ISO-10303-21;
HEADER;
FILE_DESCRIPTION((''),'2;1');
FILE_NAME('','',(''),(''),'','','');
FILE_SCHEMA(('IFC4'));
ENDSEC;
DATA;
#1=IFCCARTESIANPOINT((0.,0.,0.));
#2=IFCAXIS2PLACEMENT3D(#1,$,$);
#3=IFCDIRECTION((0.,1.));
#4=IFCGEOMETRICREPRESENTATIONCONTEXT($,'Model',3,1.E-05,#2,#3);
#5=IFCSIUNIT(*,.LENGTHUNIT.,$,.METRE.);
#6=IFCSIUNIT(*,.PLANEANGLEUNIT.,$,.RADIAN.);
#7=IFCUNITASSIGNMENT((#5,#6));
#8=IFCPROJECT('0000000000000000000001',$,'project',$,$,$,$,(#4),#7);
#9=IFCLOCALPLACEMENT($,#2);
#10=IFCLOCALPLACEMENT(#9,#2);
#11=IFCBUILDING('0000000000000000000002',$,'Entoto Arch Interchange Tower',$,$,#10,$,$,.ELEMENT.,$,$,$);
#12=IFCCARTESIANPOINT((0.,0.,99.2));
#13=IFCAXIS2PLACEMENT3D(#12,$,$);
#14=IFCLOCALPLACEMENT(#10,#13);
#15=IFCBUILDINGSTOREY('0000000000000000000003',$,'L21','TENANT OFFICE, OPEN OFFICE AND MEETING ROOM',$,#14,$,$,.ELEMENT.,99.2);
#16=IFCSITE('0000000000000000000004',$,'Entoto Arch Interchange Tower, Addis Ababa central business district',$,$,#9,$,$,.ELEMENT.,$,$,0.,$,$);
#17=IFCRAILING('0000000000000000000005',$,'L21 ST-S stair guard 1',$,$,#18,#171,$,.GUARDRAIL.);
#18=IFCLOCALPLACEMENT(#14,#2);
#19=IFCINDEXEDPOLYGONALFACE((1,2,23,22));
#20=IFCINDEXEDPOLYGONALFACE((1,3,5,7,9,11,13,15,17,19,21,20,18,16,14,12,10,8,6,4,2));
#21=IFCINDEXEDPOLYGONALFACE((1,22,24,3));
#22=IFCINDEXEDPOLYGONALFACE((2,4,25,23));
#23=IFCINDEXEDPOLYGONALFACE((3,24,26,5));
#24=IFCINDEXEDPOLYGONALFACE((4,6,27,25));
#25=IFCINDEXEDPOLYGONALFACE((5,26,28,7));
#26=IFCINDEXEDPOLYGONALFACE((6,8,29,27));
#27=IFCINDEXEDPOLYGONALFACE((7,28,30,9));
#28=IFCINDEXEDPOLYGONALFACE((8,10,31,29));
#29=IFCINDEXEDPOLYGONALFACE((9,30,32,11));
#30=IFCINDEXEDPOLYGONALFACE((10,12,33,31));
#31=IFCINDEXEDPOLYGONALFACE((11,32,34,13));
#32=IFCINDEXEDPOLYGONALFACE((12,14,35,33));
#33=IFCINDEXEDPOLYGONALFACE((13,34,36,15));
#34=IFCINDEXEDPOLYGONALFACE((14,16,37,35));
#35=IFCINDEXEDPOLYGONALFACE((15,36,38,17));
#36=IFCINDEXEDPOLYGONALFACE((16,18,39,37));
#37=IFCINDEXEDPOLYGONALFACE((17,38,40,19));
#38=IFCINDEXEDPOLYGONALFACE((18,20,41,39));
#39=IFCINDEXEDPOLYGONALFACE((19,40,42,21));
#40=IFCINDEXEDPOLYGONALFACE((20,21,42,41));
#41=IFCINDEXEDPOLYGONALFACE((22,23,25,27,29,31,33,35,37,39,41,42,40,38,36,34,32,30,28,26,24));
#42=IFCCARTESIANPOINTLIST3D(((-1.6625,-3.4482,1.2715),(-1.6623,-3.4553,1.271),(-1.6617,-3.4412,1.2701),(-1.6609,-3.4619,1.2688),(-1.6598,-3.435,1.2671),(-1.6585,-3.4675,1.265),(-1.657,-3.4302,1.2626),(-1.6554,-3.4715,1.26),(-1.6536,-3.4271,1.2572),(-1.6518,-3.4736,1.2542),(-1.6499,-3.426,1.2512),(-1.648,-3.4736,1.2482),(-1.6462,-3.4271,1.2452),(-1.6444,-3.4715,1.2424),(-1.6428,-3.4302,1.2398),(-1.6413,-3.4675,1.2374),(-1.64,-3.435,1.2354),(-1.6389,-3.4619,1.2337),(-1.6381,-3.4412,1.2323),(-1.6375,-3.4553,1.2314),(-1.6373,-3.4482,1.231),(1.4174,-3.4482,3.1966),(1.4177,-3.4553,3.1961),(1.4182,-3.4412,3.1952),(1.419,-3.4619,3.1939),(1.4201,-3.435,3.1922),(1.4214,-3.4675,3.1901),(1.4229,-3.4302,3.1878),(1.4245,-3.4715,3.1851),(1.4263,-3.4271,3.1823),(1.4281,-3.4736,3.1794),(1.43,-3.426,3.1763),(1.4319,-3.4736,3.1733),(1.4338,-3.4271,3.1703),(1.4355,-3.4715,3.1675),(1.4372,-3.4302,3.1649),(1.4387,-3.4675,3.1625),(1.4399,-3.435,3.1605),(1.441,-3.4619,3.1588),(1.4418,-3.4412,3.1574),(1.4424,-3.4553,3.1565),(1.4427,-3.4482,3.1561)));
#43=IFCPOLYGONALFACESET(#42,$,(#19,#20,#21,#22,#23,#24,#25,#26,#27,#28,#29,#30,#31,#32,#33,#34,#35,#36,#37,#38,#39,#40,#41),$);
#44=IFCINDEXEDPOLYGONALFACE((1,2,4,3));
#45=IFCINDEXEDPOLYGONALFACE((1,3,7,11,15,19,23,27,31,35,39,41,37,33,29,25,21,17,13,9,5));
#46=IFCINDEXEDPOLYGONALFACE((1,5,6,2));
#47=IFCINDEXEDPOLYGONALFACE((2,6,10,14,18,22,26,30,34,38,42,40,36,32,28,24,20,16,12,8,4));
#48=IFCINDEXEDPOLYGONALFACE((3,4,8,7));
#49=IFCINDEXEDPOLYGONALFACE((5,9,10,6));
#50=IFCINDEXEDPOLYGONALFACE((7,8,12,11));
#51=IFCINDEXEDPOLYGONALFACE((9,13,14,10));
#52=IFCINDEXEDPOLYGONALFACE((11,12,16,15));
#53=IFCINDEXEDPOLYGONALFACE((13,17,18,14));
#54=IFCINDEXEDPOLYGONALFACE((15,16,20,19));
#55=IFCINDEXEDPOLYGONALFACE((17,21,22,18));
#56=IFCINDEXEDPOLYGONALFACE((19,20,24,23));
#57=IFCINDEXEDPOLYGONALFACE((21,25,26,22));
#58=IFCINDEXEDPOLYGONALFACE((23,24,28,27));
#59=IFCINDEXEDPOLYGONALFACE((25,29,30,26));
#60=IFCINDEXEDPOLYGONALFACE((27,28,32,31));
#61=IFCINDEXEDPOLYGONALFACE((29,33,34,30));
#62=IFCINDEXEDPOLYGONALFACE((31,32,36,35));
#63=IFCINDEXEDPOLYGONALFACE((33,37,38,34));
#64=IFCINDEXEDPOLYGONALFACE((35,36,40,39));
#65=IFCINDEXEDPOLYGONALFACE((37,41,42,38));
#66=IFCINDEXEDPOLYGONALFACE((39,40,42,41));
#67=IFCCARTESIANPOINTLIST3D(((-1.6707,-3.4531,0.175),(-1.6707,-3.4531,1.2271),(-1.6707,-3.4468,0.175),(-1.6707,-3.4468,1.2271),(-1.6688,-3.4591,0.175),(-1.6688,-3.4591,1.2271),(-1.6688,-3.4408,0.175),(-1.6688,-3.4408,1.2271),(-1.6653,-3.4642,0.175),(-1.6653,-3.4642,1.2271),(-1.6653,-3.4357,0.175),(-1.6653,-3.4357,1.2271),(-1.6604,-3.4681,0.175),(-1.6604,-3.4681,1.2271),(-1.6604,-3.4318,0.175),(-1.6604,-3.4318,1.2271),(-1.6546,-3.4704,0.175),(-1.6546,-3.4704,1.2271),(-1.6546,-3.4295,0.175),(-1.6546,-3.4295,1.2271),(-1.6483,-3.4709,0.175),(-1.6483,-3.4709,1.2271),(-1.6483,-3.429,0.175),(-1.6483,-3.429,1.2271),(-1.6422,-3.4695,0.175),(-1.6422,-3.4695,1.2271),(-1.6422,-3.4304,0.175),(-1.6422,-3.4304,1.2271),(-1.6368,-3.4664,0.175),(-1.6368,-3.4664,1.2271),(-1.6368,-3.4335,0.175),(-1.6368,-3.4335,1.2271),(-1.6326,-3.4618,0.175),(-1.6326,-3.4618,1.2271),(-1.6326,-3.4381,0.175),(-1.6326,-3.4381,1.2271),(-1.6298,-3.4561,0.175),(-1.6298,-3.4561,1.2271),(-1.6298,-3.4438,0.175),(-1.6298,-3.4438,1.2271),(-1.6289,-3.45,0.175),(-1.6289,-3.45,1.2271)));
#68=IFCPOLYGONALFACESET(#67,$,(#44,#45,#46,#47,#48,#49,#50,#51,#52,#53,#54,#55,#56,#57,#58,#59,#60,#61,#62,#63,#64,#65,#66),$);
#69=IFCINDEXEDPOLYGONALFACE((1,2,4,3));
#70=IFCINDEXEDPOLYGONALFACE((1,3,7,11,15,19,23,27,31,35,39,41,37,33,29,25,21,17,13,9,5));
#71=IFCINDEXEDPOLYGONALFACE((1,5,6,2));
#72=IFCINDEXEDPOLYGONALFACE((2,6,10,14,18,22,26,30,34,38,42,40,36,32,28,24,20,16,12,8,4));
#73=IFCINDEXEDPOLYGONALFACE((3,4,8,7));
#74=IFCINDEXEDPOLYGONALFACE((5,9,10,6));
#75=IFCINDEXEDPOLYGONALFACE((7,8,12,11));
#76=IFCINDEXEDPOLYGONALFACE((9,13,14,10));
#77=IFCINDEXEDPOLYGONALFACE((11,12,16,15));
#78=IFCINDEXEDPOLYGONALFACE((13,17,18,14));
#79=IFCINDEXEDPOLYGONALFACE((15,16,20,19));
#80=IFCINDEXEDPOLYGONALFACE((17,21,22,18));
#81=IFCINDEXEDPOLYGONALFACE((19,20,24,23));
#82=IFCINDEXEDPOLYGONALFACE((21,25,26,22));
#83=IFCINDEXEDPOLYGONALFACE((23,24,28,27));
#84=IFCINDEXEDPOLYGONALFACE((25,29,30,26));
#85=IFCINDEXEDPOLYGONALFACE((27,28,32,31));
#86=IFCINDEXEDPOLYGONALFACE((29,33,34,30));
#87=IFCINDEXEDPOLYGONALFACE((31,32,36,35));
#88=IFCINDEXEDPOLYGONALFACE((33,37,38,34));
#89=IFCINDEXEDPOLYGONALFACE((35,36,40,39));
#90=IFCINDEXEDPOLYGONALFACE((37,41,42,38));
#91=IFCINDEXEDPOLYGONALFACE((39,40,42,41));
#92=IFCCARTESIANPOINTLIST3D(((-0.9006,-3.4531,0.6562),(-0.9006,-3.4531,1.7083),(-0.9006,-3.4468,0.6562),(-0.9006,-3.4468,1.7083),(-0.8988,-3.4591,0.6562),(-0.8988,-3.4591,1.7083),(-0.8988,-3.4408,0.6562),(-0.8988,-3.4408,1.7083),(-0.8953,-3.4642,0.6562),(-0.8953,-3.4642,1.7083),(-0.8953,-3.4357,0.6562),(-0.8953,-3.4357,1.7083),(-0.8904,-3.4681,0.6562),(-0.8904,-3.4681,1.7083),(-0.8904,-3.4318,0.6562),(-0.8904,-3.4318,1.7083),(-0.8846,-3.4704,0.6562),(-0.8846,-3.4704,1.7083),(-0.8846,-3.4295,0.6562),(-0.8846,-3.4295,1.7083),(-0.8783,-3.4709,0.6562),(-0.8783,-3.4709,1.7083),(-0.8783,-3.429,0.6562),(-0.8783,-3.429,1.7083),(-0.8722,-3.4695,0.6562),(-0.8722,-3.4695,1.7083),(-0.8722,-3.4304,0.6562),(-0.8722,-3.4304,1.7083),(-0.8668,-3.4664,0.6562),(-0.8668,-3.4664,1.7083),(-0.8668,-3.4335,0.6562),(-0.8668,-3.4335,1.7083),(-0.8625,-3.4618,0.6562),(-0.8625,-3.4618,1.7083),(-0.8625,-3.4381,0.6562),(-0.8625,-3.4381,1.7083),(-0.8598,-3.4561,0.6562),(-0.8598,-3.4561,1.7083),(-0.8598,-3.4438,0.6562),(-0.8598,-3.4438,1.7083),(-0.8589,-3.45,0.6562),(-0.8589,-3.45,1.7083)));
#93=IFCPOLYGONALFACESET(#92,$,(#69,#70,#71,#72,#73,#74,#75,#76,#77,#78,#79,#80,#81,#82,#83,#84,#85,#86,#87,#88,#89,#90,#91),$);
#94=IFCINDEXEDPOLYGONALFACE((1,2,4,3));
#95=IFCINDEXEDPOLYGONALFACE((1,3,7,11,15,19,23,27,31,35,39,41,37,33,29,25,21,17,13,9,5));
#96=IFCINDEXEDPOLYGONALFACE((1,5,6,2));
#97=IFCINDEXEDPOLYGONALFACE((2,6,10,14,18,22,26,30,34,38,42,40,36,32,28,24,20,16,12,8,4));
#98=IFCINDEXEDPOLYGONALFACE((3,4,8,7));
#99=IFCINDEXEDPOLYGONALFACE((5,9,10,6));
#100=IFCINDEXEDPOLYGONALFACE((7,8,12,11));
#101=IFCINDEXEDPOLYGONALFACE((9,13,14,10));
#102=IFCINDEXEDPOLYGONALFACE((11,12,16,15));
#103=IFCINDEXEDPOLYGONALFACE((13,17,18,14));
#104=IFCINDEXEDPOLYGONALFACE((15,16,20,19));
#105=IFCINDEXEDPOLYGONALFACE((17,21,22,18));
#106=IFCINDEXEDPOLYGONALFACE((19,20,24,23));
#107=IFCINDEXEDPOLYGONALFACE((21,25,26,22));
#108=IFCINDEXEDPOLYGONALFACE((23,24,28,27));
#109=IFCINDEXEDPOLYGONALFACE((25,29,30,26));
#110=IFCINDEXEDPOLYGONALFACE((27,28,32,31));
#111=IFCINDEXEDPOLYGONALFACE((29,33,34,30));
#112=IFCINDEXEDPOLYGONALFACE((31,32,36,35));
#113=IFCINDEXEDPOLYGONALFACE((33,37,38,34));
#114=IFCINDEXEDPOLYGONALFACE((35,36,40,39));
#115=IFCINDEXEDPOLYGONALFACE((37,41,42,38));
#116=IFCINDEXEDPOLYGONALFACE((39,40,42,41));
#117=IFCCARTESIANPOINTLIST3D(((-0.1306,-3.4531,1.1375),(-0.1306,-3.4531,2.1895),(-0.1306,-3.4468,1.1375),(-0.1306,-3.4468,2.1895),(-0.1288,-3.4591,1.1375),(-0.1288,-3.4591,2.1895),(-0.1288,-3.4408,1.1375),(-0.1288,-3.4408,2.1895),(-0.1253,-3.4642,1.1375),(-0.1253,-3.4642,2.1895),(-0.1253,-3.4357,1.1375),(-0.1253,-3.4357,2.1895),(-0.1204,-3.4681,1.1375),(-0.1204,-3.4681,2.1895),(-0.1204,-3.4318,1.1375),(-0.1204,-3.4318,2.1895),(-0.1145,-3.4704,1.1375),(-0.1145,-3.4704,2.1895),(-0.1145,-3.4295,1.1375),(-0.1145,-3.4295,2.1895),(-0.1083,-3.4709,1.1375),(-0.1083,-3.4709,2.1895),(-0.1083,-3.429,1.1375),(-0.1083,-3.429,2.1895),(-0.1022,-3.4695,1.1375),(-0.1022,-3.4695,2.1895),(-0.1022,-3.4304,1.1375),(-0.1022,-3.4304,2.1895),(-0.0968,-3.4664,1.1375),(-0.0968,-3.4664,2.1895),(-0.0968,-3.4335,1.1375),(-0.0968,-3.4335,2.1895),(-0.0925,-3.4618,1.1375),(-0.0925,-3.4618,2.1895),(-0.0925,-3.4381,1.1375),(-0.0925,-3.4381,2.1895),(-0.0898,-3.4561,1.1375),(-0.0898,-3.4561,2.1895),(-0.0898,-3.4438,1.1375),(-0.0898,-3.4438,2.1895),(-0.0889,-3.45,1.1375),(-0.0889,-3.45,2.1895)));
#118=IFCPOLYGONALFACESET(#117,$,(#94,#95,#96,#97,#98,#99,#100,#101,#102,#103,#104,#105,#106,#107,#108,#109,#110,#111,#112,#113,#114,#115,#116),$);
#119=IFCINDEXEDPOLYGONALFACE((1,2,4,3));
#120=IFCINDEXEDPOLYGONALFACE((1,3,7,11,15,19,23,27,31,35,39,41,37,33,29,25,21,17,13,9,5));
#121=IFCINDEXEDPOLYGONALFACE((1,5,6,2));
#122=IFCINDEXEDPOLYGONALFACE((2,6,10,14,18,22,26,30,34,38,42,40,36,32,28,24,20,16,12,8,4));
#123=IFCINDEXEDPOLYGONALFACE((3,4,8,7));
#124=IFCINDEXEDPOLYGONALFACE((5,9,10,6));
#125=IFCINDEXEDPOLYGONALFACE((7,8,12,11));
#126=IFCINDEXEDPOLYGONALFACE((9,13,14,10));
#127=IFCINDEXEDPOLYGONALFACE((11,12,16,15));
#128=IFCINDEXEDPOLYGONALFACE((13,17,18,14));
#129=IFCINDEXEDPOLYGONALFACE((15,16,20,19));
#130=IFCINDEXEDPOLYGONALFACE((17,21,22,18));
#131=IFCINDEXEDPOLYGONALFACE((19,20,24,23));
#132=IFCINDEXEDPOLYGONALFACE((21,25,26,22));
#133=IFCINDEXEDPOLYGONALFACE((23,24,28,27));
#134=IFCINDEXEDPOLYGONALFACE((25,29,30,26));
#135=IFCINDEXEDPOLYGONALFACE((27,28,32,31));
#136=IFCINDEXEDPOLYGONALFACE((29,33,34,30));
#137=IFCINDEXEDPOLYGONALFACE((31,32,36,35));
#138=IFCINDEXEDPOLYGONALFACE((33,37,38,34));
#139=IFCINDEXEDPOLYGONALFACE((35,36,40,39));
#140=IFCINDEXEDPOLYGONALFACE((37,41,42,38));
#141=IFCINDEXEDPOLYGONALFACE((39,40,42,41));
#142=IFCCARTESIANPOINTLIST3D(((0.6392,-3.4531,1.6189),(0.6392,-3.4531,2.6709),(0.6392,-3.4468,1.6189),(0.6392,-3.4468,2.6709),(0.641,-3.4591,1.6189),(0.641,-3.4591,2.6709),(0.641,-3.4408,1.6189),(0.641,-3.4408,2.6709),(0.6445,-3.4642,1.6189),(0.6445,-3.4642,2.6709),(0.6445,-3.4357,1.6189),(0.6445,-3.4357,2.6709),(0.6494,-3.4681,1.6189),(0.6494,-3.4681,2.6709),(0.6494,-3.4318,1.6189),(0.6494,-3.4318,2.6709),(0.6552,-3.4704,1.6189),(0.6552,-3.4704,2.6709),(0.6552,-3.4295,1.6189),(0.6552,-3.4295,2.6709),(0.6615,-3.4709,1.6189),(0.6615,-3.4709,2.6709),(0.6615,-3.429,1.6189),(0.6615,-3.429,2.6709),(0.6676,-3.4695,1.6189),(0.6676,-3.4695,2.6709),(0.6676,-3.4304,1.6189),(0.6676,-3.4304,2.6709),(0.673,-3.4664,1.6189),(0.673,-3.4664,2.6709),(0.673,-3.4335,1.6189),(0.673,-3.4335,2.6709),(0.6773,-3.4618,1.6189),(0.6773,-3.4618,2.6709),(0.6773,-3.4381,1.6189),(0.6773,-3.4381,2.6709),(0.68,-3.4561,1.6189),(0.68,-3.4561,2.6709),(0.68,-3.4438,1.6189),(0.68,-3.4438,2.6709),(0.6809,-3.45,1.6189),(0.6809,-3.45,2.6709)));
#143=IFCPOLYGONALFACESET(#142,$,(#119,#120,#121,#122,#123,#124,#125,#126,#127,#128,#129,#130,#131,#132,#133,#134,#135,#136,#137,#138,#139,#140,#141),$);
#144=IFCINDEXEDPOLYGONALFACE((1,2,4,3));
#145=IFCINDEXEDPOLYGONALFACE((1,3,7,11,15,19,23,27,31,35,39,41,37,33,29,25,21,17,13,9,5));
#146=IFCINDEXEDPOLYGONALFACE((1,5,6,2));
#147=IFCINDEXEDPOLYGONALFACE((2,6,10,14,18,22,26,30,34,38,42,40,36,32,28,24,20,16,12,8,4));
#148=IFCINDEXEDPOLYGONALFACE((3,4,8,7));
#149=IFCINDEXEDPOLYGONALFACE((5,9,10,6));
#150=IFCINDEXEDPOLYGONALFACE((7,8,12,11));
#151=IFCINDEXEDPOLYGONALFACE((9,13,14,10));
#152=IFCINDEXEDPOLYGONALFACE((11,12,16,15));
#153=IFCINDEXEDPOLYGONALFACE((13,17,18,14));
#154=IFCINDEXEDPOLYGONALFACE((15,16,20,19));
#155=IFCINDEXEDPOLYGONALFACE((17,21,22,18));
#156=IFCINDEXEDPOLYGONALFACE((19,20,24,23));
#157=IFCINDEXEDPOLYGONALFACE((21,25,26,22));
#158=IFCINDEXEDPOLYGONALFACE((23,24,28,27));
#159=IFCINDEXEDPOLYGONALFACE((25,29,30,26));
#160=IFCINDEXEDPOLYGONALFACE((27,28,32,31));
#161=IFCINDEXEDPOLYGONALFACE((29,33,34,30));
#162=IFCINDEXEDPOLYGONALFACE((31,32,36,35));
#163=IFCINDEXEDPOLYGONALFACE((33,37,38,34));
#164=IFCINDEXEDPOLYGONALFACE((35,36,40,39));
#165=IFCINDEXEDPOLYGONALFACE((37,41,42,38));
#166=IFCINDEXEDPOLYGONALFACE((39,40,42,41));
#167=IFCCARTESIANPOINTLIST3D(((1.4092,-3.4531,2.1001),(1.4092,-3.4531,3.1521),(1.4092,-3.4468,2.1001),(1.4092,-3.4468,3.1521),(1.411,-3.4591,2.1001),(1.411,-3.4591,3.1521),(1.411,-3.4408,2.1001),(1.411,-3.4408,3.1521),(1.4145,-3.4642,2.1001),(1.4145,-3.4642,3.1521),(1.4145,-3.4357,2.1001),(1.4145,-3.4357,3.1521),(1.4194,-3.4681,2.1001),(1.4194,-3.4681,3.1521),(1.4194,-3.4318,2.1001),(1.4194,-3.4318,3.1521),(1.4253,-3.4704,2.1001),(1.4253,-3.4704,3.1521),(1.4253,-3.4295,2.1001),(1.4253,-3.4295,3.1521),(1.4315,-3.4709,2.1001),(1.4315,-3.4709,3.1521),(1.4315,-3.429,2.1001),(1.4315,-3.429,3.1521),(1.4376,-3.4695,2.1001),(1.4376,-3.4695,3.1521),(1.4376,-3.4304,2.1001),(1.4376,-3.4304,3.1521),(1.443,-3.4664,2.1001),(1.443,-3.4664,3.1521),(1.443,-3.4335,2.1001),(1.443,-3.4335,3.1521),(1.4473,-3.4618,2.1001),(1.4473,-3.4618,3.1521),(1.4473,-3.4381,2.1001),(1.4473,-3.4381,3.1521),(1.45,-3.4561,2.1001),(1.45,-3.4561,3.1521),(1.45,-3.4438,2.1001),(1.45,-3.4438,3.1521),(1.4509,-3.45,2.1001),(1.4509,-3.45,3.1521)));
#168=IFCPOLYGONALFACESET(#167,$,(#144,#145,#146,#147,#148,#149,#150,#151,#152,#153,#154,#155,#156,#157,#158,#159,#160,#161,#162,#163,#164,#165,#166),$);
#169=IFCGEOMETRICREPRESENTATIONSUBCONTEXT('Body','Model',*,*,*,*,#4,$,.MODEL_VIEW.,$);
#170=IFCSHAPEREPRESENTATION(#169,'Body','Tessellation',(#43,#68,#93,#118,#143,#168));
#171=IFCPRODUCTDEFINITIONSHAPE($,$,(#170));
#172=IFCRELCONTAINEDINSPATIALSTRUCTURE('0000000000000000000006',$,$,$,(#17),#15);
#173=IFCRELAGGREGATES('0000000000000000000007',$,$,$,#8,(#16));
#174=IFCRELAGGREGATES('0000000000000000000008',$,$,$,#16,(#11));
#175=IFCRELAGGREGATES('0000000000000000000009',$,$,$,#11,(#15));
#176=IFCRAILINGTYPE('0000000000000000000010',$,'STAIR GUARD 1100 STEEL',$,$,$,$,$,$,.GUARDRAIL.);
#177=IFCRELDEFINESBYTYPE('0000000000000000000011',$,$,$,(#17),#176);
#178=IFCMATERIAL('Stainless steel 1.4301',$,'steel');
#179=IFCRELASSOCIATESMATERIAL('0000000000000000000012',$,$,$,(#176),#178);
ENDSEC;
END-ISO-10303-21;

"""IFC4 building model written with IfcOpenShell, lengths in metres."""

from ifc_helpers import new_model, si_unit, direction, frame, origin, origin_2d, place, context, subcontext, project, spatial, circle, extrude, material, type_object, element, save


model = new_model("IFC4")

# Units and contexts
model_context = context("Model", 3, precision=1e-05, world=origin(), true_north=direction((0.0, 1.0)))
body_context = subcontext(model_context, "Body", "Model", "MODEL_VIEW")
ifc_project = project(units=[si_unit("LENGTHUNIT", "METRE"), si_unit("PLANEANGLEUNIT", "RADIAN")], contexts=[model_context])

# Site, building, storey
site_placement = place(None, origin())
site = spatial("IfcSite", under=ifc_project, at=site_placement, Name="Entoto Arch Interchange Tower, Addis Ababa central business district", CompositionType="ELEMENT", RefElevation=0.0)
building_placement = place(site_placement, origin())
building = spatial("IfcBuilding", under=site, at=building_placement, Name="Entoto Arch Interchange Tower", CompositionType="ELEMENT")
storey_placement = place(building_placement, frame((0.0, 0.0, 99.2)))
storey = spatial("IfcBuildingStorey", under=building, at=storey_placement, Name="L21", Description="TENANT OFFICE, OPEN OFFICE AND MEETING ROOM", CompositionType="ELEMENT", Elevation=99.2)

# Railing
ifc_material_1 = material(Name="Stainless steel 1.4301", Category="steel")
railing_type_1 = type_object("IfcRailingType", Name="STAIR GUARD 1100 STEEL", PredefinedType="GUARDRAIL", material=ifc_material_1)
railing_1_placement = place(storey_placement, frame((-1.6499, -3.45, 0.175)))
element("IfcRailing", 1, at=railing_1_placement, inside=storey, type_object=railing_type_1, Name="L21 ST-S stair guard 1", PredefinedType="GUARDRAIL", context=body_context, shape_type="SweptSolid", body=[
    extrude(circle(Radius=0.0239, at=origin_2d()), frame((0.0, 0.0, 1.0762), z_axis=(0.847979, 0.0, 0.530029), x_axis=(0.0, 1.0, 0.0)), (0.0, 0.0, 1.0), 3.6321),
    extrude(circle(Radius=0.021, at=origin_2d()), origin(), (0.0, 0.0, 1.0), 1.052),
    extrude(circle(Radius=0.021, at=origin_2d()), frame((0.77, 0.0, 0.4812)), (0.0, 0.0, 1.0), 1.052),
    extrude(circle(Radius=0.021, at=origin_2d()), frame((1.54, 0.0, 0.9624)), (0.0, 0.0, 1.0), 1.052),
    extrude(circle(Radius=0.021, at=origin_2d()), frame((2.3098, 0.0, 1.4438)), (0.0, 0.0, 1.0), 1.052),
    extrude(circle(Radius=0.021, at=origin_2d()), frame((3.0798, 0.0, 1.925)), (0.0, 0.0, 1.0), 1.052),
])

save(model, "model.ifc")
